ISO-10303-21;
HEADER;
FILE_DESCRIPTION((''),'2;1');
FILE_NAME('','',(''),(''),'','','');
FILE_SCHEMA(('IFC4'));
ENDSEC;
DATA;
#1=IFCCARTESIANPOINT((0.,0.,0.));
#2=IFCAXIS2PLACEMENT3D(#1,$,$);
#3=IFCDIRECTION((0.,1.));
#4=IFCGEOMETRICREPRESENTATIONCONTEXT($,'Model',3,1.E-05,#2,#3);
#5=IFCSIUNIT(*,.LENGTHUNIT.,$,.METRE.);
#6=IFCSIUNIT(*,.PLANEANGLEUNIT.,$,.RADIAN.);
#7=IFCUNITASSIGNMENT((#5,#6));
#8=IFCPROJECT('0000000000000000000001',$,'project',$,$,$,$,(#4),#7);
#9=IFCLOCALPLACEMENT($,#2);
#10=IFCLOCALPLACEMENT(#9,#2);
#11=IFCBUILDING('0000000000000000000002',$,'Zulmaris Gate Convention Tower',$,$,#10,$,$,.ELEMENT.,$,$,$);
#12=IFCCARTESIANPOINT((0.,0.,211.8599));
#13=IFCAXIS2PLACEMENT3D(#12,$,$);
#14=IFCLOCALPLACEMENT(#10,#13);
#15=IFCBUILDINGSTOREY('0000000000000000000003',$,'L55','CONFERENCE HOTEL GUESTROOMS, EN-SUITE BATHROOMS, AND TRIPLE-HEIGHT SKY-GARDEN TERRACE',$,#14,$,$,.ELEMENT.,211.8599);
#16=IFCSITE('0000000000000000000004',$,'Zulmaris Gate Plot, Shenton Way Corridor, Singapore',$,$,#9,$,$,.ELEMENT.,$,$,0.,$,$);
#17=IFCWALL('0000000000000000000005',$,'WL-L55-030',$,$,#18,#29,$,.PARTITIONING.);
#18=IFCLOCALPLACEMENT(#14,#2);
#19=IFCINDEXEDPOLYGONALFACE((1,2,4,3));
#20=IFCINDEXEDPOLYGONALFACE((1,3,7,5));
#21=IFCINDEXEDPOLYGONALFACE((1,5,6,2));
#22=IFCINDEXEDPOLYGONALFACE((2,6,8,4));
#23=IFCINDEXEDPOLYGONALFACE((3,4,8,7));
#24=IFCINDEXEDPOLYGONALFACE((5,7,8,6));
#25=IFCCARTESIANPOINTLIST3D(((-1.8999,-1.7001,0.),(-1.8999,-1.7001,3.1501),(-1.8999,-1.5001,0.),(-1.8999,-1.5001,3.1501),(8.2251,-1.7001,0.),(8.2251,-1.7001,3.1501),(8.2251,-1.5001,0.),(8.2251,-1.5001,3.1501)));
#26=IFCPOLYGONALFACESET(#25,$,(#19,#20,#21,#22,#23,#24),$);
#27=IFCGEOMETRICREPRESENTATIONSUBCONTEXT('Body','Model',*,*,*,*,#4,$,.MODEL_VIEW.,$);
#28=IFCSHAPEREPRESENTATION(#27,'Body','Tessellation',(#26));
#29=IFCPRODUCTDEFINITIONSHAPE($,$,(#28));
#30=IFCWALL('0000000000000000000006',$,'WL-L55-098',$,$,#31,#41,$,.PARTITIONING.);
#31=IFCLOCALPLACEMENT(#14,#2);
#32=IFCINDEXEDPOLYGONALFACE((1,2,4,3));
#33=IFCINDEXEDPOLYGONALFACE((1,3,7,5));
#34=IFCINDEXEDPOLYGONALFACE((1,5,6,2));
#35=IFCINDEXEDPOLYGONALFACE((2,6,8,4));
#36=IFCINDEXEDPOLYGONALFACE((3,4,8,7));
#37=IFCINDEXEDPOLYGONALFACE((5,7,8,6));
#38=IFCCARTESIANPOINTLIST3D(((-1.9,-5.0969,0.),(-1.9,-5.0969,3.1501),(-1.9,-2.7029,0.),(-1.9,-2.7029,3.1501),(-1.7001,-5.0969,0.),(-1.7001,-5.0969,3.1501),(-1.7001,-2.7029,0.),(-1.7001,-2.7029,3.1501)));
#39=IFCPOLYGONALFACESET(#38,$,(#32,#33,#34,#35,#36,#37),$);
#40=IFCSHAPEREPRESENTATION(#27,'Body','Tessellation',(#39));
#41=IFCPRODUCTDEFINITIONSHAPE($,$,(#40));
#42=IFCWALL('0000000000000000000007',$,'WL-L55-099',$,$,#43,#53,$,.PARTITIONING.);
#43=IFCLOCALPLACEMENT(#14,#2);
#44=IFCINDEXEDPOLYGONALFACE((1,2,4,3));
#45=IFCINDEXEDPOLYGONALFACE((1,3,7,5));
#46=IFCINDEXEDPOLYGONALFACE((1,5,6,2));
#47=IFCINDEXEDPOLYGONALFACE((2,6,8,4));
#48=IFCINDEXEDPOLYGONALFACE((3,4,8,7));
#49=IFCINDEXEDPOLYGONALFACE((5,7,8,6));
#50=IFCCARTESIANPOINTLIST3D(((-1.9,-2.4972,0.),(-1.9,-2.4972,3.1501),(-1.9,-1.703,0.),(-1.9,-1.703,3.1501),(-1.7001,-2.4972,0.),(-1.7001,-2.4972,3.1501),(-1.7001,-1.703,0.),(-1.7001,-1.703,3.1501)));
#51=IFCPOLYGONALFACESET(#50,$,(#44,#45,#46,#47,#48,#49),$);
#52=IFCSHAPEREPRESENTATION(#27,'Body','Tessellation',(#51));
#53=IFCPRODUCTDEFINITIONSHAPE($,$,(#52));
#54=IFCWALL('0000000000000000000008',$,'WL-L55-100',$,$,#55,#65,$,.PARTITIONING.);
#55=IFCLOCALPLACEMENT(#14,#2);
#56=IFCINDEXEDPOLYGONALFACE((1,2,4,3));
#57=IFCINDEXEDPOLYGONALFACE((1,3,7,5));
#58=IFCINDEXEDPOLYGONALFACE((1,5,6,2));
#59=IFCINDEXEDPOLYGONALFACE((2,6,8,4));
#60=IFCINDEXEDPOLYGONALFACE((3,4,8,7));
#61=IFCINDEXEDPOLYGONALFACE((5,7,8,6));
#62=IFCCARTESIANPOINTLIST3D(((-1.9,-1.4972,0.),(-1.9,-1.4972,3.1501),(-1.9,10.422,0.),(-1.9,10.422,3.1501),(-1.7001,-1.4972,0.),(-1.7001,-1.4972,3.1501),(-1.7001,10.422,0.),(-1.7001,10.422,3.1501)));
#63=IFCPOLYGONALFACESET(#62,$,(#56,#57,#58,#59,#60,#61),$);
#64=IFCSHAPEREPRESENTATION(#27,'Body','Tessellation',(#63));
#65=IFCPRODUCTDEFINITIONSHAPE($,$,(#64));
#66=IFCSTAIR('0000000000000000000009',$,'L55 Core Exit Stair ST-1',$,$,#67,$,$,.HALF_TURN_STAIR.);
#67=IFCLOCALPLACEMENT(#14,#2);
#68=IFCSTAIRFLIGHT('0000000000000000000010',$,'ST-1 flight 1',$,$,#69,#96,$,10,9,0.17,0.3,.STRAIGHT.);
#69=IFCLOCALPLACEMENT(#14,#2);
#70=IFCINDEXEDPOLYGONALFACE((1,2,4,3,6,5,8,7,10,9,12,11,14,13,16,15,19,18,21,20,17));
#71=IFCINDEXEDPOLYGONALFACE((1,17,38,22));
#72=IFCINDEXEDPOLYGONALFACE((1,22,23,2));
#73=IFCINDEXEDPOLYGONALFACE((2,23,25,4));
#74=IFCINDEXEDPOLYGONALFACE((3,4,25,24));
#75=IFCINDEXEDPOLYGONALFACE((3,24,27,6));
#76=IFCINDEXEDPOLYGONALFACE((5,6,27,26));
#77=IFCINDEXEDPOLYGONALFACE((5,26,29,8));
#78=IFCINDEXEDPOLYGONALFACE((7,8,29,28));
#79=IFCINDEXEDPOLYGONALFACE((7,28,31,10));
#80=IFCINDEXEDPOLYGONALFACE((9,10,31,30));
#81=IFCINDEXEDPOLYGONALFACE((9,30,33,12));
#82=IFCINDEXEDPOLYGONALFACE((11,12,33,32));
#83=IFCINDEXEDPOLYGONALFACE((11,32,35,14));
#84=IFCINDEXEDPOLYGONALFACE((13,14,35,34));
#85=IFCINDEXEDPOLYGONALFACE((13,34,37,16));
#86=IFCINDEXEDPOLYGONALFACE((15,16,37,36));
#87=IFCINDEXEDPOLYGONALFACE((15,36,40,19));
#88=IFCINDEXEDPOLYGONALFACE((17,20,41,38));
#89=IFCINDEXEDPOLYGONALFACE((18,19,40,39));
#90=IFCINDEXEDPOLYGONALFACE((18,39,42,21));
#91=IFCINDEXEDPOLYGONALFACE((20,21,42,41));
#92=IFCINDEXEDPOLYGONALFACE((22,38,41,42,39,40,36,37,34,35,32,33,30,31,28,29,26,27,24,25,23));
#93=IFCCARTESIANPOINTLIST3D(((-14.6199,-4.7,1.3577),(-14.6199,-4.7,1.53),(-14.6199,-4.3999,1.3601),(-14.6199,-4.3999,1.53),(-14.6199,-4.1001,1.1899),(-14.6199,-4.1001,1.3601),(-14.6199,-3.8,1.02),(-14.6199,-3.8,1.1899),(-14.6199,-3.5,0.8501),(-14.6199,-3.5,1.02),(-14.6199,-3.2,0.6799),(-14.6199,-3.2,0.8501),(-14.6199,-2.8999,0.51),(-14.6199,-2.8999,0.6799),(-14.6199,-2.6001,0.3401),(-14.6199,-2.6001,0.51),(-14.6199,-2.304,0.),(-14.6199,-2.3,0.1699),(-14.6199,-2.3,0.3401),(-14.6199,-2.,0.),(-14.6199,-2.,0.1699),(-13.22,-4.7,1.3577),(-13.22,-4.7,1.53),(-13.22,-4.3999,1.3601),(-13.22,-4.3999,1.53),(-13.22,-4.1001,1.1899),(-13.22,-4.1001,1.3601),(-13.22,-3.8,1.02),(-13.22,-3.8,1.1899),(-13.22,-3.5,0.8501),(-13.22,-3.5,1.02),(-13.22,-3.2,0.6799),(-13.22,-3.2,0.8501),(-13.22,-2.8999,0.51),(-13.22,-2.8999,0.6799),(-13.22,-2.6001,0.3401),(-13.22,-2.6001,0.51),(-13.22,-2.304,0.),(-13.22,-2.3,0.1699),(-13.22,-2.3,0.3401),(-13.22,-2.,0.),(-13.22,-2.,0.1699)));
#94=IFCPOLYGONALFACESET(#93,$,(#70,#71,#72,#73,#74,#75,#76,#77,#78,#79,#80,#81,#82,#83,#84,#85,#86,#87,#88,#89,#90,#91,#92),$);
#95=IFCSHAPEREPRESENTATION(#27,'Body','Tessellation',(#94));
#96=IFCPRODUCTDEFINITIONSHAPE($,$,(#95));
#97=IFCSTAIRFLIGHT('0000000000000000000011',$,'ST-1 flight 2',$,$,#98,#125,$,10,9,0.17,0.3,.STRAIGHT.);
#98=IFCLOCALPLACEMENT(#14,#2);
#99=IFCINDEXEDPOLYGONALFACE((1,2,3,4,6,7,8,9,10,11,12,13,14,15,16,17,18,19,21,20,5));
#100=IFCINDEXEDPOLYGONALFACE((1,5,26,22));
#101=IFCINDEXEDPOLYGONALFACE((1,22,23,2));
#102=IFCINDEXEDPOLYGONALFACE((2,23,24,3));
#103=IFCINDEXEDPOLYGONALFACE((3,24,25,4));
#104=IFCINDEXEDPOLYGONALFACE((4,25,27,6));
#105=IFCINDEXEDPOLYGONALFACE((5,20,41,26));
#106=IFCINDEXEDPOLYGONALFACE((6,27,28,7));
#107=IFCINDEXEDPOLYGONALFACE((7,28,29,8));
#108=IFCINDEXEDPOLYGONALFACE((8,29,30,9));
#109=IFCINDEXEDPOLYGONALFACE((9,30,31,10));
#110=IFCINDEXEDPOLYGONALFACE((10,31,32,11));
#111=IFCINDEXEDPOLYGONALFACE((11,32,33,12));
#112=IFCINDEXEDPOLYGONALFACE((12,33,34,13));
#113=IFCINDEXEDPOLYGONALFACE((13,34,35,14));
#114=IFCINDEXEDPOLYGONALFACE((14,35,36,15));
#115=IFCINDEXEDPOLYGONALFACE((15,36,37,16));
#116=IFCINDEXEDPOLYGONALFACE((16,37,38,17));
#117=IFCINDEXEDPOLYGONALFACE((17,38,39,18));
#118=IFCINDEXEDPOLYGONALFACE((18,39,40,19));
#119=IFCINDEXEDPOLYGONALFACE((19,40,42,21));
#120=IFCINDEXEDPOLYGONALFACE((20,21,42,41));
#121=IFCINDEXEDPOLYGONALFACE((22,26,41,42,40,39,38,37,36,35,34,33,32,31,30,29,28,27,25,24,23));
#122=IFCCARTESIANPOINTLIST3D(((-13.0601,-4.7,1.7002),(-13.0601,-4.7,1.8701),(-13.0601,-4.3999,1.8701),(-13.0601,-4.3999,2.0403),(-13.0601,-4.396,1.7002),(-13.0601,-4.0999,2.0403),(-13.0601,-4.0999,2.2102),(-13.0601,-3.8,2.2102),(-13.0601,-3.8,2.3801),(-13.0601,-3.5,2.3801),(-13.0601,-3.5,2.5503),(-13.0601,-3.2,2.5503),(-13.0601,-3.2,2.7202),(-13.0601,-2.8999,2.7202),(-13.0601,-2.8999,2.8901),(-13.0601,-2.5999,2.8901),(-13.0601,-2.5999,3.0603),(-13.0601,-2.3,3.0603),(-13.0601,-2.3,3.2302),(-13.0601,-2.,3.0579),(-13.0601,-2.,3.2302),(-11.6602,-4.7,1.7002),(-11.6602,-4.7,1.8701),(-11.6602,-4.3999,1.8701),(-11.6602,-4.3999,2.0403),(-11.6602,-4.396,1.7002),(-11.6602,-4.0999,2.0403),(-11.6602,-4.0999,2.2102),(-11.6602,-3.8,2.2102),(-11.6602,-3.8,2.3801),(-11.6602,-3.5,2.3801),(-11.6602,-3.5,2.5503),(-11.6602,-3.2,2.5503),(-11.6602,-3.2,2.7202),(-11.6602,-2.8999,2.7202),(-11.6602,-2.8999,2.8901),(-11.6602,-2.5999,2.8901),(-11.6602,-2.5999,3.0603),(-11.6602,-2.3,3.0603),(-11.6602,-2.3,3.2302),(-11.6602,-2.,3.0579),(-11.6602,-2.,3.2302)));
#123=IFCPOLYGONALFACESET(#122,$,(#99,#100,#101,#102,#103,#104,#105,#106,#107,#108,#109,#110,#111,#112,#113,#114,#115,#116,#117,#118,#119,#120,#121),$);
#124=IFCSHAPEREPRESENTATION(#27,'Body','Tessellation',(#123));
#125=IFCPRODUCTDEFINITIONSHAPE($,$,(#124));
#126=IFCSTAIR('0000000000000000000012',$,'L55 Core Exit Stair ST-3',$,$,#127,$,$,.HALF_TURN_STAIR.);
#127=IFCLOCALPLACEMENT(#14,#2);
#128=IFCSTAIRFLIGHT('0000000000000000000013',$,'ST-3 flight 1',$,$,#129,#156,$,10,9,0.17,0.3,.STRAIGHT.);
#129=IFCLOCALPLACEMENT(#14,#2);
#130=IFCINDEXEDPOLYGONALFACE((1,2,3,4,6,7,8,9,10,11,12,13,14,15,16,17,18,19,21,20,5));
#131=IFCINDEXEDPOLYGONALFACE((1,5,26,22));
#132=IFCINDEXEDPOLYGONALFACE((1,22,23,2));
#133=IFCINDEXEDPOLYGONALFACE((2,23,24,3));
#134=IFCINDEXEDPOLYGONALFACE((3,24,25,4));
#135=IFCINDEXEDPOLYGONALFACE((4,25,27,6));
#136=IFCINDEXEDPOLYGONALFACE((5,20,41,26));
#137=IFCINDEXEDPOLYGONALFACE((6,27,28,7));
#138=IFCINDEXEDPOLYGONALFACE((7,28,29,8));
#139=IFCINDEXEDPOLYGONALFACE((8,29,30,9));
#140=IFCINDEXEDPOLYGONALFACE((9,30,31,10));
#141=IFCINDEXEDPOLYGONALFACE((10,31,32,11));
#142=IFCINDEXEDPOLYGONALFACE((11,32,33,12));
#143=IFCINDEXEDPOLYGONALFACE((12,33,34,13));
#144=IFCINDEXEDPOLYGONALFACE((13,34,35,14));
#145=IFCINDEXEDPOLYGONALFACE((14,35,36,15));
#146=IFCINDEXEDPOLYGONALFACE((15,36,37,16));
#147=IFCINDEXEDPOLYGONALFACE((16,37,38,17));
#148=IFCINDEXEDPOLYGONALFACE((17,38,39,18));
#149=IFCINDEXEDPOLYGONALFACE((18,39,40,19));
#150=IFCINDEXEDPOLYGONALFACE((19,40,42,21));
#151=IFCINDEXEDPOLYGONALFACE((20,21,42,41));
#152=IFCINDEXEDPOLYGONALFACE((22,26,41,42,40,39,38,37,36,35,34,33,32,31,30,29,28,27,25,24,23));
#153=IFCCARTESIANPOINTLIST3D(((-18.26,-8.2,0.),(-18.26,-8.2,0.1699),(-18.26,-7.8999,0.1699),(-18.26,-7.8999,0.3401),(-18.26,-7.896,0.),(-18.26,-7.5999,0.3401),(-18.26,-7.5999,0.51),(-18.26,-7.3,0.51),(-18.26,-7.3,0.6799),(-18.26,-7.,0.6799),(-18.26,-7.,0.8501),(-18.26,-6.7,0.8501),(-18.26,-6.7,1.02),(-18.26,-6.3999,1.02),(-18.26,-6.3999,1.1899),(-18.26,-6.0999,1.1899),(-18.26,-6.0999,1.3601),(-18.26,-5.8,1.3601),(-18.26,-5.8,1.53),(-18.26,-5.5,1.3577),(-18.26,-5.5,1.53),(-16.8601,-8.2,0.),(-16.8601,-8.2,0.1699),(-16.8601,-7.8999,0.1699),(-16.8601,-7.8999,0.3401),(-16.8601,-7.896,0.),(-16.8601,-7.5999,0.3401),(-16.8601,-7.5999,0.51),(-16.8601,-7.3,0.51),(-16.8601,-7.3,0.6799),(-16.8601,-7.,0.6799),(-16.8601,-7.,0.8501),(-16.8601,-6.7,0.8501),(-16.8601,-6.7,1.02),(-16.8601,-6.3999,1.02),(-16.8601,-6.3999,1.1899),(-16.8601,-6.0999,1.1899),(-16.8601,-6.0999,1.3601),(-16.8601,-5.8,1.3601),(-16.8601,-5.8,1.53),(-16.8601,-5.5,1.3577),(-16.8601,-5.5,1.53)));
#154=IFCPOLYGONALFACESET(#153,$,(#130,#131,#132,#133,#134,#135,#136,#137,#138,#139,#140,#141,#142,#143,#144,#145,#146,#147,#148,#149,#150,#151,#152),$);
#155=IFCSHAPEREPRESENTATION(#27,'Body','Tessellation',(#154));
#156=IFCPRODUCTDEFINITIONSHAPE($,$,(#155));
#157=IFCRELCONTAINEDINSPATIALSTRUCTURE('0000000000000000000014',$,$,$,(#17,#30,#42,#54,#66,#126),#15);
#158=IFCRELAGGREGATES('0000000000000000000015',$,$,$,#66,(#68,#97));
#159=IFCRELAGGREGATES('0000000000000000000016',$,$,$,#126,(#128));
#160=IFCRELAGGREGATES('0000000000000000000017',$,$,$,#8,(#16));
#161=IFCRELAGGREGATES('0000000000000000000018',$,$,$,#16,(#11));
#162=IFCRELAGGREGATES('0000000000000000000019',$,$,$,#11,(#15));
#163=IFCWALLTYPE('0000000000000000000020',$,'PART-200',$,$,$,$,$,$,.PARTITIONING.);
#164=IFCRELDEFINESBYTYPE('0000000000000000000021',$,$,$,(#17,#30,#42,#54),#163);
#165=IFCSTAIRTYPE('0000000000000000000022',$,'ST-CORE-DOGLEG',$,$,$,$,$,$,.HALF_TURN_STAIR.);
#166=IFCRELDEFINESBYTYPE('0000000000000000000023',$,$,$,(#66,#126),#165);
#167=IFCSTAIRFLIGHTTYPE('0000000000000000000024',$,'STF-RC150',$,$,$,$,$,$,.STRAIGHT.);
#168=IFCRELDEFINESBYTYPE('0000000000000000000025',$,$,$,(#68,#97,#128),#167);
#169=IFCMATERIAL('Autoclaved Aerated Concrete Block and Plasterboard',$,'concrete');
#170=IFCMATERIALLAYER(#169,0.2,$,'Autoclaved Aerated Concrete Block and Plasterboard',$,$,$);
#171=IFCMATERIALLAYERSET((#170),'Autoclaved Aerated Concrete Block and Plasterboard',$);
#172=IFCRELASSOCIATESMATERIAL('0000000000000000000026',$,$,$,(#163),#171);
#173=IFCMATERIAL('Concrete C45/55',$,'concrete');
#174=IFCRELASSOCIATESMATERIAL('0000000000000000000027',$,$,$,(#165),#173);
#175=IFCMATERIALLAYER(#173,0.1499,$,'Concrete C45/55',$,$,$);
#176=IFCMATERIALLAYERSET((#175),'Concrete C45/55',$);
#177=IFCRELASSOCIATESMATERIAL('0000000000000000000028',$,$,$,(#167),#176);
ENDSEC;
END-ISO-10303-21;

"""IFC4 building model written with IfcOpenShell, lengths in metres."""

from ifc_helpers import new_model, si_unit, direction, frame, frame_2d, origin, place, context, subcontext, project, spatial, polyline, rectangle, outline, extrude, material, layer, layer_set, type_object, element, aggregate, save


model = new_model("IFC4")

# Units and contexts
model_context = context("Model", 3, precision=1e-05, world=origin(), true_north=direction((0.0, 1.0)))
body_context = subcontext(model_context, "Body", "Model", "MODEL_VIEW")
ifc_project = project(units=[si_unit("LENGTHUNIT", "METRE"), si_unit("PLANEANGLEUNIT", "RADIAN")], contexts=[model_context])

# Site, building, storey
site_placement = place(None, origin())
site = spatial("IfcSite", under=ifc_project, at=site_placement, Name="Zulmaris Gate Plot, Shenton Way Corridor, Singapore", CompositionType="ELEMENT", RefElevation=0.0)
building_placement = place(site_placement, origin())
building = spatial("IfcBuilding", under=site, at=building_placement, Name="Zulmaris Gate Convention Tower", CompositionType="ELEMENT")
storey_placement = place(building_placement, frame((0.0, 0.0, 211.8599)))
storey = spatial("IfcBuildingStorey", under=building, at=storey_placement, Name="L55", Description="CONFERENCE HOTEL GUESTROOMS, EN-SUITE BATHROOMS, AND TRIPLE-HEIGHT SKY-GARDEN TERRACE", CompositionType="ELEMENT", Elevation=211.8599)

# Walls
ifc_material_1 = material(Name="Autoclaved Aerated Concrete Block and Plasterboard", Category="concrete")
ifc_layer_1 = layer(ifc_material_1, 0.2, Name="Autoclaved Aerated Concrete Block and Plasterboard")
ifc_layer_set_1 = layer_set([ifc_layer_1], Name="Autoclaved Aerated Concrete Block and Plasterboard")
wall_type_1 = type_object("IfcWallType", Name="PART-200", PredefinedType="PARTITIONING", material=ifc_layer_set_1)
wall_1_placement = place(storey_placement, frame((-1.8999, -1.6001, 0.0), z_axis=(0.0, 0.0, 1.0), x_axis=(1.0, 0.0, 0.0)))
element("IfcWall", 1, at=wall_1_placement, inside=storey, type_object=wall_type_1, Name="WL-L55-030", PredefinedType="PARTITIONING", context=body_context, shape_type="SweptSolid", body=[
    extrude(rectangle(XDim=10.125, YDim=0.2, at=frame_2d((5.0625, 0.0))), origin(), (0.0, 0.0, 1.0), 3.1501),
])
wall_2_placement = place(storey_placement, frame((-1.8, -5.0969, 0.0), z_axis=(0.0, 0.0, 1.0), x_axis=(0.0, 1.0, 0.0)))
element("IfcWall", 2, at=wall_2_placement, inside=storey, type_object=wall_type_1, Name="WL-L55-098", PredefinedType="PARTITIONING", context=body_context, shape_type="SweptSolid", body=[
    extrude(rectangle(XDim=2.394, YDim=0.2, at=frame_2d((1.197, 0.0))), origin(), (0.0, 0.0, 1.0), 3.1501),
])
wall_3_placement = place(storey_placement, frame((-1.8, -2.4971, 0.0), z_axis=(0.0, 0.0, 1.0), x_axis=(0.0, 1.0, 0.0)))
element("IfcWall", 3, at=wall_3_placement, inside=storey, type_object=wall_type_1, Name="WL-L55-099", PredefinedType="PARTITIONING", context=body_context, shape_type="SweptSolid", body=[
    extrude(rectangle(XDim=0.7942, YDim=0.2, at=frame_2d((0.397, 0.0))), origin(), (0.0, 0.0, 1.0), 3.1501),
])
wall_4_placement = place(storey_placement, frame((-1.8, -1.4971, 0.0), z_axis=(0.0, 0.0, 1.0), x_axis=(0.0, 1.0, 0.0)))
element("IfcWall", 4, at=wall_4_placement, inside=storey, type_object=wall_type_1, Name="WL-L55-100", PredefinedType="PARTITIONING", context=body_context, shape_type="SweptSolid", body=[
    extrude(rectangle(XDim=11.9192, YDim=0.2, at=frame_2d((5.9595, 0.0))), origin(), (0.0, 0.0, 1.0), 3.1501),
])

# Stair, stair flights
ifc_material_2 = material(Name="Concrete C45/55", Category="concrete")
stair_type = type_object("IfcStairType", Name="ST-CORE-DOGLEG", PredefinedType="HALF_TURN_STAIR", material=ifc_material_2)
stair_1_placement = place(storey_placement, origin())
stair_1 = element("IfcStair", 5, at=stair_1_placement, inside=storey, type_object=stair_type, Name="L55 Core Exit Stair ST-1", PredefinedType="HALF_TURN_STAIR")
ifc_layer_2 = layer(ifc_material_2, 0.1499, Name="Concrete C45/55")
ifc_layer_set_2 = layer_set([ifc_layer_2], Name="Concrete C45/55")
stair_flight_type = type_object("IfcStairFlightType", Name="STF-RC150", PredefinedType="STRAIGHT", material=ifc_layer_set_2)
stair_flight_1_placement = place(storey_placement, frame((-13.9199, -2.0, 0.0), z_axis=(0.0, 0.0, 1.0), x_axis=(0.0, -1.0, 0.0)))
stair_flight_1 = element("IfcStairFlight", 6, at=stair_flight_1_placement, type_object=stair_flight_type, Name="ST-1 flight 1", NumberOfRisers=10, NumberOfTreads=9, PredefinedType="STRAIGHT", RiserHeight=0.17, TreadLength=0.3, context=body_context, shape_type="SweptSolid", body=[
    extrude(outline(polyline([(0.0, 0.0), (0.0, 0.1699), (0.3, 0.1699), (0.3, 0.3401), (0.6001, 0.3401), (0.6001, 0.51), (0.8999, 0.51), (0.8999, 0.6799), (1.2, 0.6799), (1.2, 0.8501), (1.5, 0.8501), (1.5, 1.02), (1.8, 1.02), (1.8, 1.1899), (2.1001, 1.1899), (2.1001, 1.3601), (2.3999, 1.3601), (2.3999, 1.53), (2.7, 1.53), (2.7, 1.7), (2.7, 1.3577), (0.304, 0.0), (0.0, 0.0)])), frame((0.0, 0.7, 0.0), z_axis=(0.0, -1.0, 0.0), x_axis=(1.0, 0.0, 0.0)), (0.0, 0.0, 1.0), 1.3999),
])
stair_flight_2_placement = place(storey_placement, frame((-12.3601, -4.7, 1.7002), z_axis=(0.0, 0.0, 1.0), x_axis=(0.0, 1.0, 0.0)))
stair_flight_2 = element("IfcStairFlight", 7, at=stair_flight_2_placement, type_object=stair_flight_type, Name="ST-1 flight 2", NumberOfRisers=10, NumberOfTreads=9, PredefinedType="STRAIGHT", RiserHeight=0.17, TreadLength=0.3, context=body_context, shape_type="SweptSolid", body=[
    extrude(outline(polyline([(0.0, 0.0), (0.0, 0.1699), (0.3, 0.1699), (0.3, 0.3401), (0.6001, 0.3401), (0.6001, 0.51), (0.8999, 0.51), (0.8999, 0.6799), (1.2, 0.6799), (1.2, 0.8501), (1.5, 0.8501), (1.5, 1.02), (1.8, 1.02), (1.8, 1.1899), (2.1001, 1.1899), (2.1001, 1.3601), (2.3999, 1.3601), (2.3999, 1.53), (2.7, 1.53), (2.7, 1.7), (2.7, 1.3577), (0.304, 0.0), (0.0, 0.0)])), frame((0.0, 0.7, 0.0), z_axis=(0.0, -1.0, 0.0), x_axis=(1.0, 0.0, 0.0)), (0.0, 0.0, 1.0), 1.3999),
])
aggregate(stair_1, [stair_flight_1, stair_flight_2])

# Stair, stair flight
stair_2_placement = place(storey_placement, origin())
stair_2 = element("IfcStair", 8, at=stair_2_placement, inside=storey, type_object=stair_type, Name="L55 Core Exit Stair ST-3", PredefinedType="HALF_TURN_STAIR")
stair_flight_3_placement = place(storey_placement, frame((-17.5601, -8.2, 0.0), z_axis=(0.0, 0.0, 1.0), x_axis=(0.0, 1.0, 0.0)))
stair_flight_3 = element("IfcStairFlight", 9, at=stair_flight_3_placement, type_object=stair_flight_type, Name="ST-3 flight 1", NumberOfRisers=10, NumberOfTreads=9, PredefinedType="STRAIGHT", RiserHeight=0.17, TreadLength=0.3, context=body_context, shape_type="SweptSolid", body=[
    extrude(outline(polyline([(0.0, 0.0), (0.0, 0.1699), (0.3, 0.1699), (0.3, 0.3401), (0.6001, 0.3401), (0.6001, 0.51), (0.8999, 0.51), (0.8999, 0.6799), (1.2, 0.6799), (1.2, 0.8501), (1.5, 0.8501), (1.5, 1.02), (1.8, 1.02), (1.8, 1.1899), (2.1001, 1.1899), (2.1001, 1.3601), (2.3999, 1.3601), (2.3999, 1.53), (2.7, 1.53), (2.7, 1.7), (2.7, 1.3577), (0.304, 0.0), (0.0, 0.0)])), frame((0.0, 0.7, 0.0), z_axis=(0.0, -1.0, 0.0), x_axis=(1.0, 0.0, 0.0)), (0.0, 0.0, 1.0), 1.3999),
])
aggregate(stair_2, [stair_flight_3])

save(model, "model.ifc")
